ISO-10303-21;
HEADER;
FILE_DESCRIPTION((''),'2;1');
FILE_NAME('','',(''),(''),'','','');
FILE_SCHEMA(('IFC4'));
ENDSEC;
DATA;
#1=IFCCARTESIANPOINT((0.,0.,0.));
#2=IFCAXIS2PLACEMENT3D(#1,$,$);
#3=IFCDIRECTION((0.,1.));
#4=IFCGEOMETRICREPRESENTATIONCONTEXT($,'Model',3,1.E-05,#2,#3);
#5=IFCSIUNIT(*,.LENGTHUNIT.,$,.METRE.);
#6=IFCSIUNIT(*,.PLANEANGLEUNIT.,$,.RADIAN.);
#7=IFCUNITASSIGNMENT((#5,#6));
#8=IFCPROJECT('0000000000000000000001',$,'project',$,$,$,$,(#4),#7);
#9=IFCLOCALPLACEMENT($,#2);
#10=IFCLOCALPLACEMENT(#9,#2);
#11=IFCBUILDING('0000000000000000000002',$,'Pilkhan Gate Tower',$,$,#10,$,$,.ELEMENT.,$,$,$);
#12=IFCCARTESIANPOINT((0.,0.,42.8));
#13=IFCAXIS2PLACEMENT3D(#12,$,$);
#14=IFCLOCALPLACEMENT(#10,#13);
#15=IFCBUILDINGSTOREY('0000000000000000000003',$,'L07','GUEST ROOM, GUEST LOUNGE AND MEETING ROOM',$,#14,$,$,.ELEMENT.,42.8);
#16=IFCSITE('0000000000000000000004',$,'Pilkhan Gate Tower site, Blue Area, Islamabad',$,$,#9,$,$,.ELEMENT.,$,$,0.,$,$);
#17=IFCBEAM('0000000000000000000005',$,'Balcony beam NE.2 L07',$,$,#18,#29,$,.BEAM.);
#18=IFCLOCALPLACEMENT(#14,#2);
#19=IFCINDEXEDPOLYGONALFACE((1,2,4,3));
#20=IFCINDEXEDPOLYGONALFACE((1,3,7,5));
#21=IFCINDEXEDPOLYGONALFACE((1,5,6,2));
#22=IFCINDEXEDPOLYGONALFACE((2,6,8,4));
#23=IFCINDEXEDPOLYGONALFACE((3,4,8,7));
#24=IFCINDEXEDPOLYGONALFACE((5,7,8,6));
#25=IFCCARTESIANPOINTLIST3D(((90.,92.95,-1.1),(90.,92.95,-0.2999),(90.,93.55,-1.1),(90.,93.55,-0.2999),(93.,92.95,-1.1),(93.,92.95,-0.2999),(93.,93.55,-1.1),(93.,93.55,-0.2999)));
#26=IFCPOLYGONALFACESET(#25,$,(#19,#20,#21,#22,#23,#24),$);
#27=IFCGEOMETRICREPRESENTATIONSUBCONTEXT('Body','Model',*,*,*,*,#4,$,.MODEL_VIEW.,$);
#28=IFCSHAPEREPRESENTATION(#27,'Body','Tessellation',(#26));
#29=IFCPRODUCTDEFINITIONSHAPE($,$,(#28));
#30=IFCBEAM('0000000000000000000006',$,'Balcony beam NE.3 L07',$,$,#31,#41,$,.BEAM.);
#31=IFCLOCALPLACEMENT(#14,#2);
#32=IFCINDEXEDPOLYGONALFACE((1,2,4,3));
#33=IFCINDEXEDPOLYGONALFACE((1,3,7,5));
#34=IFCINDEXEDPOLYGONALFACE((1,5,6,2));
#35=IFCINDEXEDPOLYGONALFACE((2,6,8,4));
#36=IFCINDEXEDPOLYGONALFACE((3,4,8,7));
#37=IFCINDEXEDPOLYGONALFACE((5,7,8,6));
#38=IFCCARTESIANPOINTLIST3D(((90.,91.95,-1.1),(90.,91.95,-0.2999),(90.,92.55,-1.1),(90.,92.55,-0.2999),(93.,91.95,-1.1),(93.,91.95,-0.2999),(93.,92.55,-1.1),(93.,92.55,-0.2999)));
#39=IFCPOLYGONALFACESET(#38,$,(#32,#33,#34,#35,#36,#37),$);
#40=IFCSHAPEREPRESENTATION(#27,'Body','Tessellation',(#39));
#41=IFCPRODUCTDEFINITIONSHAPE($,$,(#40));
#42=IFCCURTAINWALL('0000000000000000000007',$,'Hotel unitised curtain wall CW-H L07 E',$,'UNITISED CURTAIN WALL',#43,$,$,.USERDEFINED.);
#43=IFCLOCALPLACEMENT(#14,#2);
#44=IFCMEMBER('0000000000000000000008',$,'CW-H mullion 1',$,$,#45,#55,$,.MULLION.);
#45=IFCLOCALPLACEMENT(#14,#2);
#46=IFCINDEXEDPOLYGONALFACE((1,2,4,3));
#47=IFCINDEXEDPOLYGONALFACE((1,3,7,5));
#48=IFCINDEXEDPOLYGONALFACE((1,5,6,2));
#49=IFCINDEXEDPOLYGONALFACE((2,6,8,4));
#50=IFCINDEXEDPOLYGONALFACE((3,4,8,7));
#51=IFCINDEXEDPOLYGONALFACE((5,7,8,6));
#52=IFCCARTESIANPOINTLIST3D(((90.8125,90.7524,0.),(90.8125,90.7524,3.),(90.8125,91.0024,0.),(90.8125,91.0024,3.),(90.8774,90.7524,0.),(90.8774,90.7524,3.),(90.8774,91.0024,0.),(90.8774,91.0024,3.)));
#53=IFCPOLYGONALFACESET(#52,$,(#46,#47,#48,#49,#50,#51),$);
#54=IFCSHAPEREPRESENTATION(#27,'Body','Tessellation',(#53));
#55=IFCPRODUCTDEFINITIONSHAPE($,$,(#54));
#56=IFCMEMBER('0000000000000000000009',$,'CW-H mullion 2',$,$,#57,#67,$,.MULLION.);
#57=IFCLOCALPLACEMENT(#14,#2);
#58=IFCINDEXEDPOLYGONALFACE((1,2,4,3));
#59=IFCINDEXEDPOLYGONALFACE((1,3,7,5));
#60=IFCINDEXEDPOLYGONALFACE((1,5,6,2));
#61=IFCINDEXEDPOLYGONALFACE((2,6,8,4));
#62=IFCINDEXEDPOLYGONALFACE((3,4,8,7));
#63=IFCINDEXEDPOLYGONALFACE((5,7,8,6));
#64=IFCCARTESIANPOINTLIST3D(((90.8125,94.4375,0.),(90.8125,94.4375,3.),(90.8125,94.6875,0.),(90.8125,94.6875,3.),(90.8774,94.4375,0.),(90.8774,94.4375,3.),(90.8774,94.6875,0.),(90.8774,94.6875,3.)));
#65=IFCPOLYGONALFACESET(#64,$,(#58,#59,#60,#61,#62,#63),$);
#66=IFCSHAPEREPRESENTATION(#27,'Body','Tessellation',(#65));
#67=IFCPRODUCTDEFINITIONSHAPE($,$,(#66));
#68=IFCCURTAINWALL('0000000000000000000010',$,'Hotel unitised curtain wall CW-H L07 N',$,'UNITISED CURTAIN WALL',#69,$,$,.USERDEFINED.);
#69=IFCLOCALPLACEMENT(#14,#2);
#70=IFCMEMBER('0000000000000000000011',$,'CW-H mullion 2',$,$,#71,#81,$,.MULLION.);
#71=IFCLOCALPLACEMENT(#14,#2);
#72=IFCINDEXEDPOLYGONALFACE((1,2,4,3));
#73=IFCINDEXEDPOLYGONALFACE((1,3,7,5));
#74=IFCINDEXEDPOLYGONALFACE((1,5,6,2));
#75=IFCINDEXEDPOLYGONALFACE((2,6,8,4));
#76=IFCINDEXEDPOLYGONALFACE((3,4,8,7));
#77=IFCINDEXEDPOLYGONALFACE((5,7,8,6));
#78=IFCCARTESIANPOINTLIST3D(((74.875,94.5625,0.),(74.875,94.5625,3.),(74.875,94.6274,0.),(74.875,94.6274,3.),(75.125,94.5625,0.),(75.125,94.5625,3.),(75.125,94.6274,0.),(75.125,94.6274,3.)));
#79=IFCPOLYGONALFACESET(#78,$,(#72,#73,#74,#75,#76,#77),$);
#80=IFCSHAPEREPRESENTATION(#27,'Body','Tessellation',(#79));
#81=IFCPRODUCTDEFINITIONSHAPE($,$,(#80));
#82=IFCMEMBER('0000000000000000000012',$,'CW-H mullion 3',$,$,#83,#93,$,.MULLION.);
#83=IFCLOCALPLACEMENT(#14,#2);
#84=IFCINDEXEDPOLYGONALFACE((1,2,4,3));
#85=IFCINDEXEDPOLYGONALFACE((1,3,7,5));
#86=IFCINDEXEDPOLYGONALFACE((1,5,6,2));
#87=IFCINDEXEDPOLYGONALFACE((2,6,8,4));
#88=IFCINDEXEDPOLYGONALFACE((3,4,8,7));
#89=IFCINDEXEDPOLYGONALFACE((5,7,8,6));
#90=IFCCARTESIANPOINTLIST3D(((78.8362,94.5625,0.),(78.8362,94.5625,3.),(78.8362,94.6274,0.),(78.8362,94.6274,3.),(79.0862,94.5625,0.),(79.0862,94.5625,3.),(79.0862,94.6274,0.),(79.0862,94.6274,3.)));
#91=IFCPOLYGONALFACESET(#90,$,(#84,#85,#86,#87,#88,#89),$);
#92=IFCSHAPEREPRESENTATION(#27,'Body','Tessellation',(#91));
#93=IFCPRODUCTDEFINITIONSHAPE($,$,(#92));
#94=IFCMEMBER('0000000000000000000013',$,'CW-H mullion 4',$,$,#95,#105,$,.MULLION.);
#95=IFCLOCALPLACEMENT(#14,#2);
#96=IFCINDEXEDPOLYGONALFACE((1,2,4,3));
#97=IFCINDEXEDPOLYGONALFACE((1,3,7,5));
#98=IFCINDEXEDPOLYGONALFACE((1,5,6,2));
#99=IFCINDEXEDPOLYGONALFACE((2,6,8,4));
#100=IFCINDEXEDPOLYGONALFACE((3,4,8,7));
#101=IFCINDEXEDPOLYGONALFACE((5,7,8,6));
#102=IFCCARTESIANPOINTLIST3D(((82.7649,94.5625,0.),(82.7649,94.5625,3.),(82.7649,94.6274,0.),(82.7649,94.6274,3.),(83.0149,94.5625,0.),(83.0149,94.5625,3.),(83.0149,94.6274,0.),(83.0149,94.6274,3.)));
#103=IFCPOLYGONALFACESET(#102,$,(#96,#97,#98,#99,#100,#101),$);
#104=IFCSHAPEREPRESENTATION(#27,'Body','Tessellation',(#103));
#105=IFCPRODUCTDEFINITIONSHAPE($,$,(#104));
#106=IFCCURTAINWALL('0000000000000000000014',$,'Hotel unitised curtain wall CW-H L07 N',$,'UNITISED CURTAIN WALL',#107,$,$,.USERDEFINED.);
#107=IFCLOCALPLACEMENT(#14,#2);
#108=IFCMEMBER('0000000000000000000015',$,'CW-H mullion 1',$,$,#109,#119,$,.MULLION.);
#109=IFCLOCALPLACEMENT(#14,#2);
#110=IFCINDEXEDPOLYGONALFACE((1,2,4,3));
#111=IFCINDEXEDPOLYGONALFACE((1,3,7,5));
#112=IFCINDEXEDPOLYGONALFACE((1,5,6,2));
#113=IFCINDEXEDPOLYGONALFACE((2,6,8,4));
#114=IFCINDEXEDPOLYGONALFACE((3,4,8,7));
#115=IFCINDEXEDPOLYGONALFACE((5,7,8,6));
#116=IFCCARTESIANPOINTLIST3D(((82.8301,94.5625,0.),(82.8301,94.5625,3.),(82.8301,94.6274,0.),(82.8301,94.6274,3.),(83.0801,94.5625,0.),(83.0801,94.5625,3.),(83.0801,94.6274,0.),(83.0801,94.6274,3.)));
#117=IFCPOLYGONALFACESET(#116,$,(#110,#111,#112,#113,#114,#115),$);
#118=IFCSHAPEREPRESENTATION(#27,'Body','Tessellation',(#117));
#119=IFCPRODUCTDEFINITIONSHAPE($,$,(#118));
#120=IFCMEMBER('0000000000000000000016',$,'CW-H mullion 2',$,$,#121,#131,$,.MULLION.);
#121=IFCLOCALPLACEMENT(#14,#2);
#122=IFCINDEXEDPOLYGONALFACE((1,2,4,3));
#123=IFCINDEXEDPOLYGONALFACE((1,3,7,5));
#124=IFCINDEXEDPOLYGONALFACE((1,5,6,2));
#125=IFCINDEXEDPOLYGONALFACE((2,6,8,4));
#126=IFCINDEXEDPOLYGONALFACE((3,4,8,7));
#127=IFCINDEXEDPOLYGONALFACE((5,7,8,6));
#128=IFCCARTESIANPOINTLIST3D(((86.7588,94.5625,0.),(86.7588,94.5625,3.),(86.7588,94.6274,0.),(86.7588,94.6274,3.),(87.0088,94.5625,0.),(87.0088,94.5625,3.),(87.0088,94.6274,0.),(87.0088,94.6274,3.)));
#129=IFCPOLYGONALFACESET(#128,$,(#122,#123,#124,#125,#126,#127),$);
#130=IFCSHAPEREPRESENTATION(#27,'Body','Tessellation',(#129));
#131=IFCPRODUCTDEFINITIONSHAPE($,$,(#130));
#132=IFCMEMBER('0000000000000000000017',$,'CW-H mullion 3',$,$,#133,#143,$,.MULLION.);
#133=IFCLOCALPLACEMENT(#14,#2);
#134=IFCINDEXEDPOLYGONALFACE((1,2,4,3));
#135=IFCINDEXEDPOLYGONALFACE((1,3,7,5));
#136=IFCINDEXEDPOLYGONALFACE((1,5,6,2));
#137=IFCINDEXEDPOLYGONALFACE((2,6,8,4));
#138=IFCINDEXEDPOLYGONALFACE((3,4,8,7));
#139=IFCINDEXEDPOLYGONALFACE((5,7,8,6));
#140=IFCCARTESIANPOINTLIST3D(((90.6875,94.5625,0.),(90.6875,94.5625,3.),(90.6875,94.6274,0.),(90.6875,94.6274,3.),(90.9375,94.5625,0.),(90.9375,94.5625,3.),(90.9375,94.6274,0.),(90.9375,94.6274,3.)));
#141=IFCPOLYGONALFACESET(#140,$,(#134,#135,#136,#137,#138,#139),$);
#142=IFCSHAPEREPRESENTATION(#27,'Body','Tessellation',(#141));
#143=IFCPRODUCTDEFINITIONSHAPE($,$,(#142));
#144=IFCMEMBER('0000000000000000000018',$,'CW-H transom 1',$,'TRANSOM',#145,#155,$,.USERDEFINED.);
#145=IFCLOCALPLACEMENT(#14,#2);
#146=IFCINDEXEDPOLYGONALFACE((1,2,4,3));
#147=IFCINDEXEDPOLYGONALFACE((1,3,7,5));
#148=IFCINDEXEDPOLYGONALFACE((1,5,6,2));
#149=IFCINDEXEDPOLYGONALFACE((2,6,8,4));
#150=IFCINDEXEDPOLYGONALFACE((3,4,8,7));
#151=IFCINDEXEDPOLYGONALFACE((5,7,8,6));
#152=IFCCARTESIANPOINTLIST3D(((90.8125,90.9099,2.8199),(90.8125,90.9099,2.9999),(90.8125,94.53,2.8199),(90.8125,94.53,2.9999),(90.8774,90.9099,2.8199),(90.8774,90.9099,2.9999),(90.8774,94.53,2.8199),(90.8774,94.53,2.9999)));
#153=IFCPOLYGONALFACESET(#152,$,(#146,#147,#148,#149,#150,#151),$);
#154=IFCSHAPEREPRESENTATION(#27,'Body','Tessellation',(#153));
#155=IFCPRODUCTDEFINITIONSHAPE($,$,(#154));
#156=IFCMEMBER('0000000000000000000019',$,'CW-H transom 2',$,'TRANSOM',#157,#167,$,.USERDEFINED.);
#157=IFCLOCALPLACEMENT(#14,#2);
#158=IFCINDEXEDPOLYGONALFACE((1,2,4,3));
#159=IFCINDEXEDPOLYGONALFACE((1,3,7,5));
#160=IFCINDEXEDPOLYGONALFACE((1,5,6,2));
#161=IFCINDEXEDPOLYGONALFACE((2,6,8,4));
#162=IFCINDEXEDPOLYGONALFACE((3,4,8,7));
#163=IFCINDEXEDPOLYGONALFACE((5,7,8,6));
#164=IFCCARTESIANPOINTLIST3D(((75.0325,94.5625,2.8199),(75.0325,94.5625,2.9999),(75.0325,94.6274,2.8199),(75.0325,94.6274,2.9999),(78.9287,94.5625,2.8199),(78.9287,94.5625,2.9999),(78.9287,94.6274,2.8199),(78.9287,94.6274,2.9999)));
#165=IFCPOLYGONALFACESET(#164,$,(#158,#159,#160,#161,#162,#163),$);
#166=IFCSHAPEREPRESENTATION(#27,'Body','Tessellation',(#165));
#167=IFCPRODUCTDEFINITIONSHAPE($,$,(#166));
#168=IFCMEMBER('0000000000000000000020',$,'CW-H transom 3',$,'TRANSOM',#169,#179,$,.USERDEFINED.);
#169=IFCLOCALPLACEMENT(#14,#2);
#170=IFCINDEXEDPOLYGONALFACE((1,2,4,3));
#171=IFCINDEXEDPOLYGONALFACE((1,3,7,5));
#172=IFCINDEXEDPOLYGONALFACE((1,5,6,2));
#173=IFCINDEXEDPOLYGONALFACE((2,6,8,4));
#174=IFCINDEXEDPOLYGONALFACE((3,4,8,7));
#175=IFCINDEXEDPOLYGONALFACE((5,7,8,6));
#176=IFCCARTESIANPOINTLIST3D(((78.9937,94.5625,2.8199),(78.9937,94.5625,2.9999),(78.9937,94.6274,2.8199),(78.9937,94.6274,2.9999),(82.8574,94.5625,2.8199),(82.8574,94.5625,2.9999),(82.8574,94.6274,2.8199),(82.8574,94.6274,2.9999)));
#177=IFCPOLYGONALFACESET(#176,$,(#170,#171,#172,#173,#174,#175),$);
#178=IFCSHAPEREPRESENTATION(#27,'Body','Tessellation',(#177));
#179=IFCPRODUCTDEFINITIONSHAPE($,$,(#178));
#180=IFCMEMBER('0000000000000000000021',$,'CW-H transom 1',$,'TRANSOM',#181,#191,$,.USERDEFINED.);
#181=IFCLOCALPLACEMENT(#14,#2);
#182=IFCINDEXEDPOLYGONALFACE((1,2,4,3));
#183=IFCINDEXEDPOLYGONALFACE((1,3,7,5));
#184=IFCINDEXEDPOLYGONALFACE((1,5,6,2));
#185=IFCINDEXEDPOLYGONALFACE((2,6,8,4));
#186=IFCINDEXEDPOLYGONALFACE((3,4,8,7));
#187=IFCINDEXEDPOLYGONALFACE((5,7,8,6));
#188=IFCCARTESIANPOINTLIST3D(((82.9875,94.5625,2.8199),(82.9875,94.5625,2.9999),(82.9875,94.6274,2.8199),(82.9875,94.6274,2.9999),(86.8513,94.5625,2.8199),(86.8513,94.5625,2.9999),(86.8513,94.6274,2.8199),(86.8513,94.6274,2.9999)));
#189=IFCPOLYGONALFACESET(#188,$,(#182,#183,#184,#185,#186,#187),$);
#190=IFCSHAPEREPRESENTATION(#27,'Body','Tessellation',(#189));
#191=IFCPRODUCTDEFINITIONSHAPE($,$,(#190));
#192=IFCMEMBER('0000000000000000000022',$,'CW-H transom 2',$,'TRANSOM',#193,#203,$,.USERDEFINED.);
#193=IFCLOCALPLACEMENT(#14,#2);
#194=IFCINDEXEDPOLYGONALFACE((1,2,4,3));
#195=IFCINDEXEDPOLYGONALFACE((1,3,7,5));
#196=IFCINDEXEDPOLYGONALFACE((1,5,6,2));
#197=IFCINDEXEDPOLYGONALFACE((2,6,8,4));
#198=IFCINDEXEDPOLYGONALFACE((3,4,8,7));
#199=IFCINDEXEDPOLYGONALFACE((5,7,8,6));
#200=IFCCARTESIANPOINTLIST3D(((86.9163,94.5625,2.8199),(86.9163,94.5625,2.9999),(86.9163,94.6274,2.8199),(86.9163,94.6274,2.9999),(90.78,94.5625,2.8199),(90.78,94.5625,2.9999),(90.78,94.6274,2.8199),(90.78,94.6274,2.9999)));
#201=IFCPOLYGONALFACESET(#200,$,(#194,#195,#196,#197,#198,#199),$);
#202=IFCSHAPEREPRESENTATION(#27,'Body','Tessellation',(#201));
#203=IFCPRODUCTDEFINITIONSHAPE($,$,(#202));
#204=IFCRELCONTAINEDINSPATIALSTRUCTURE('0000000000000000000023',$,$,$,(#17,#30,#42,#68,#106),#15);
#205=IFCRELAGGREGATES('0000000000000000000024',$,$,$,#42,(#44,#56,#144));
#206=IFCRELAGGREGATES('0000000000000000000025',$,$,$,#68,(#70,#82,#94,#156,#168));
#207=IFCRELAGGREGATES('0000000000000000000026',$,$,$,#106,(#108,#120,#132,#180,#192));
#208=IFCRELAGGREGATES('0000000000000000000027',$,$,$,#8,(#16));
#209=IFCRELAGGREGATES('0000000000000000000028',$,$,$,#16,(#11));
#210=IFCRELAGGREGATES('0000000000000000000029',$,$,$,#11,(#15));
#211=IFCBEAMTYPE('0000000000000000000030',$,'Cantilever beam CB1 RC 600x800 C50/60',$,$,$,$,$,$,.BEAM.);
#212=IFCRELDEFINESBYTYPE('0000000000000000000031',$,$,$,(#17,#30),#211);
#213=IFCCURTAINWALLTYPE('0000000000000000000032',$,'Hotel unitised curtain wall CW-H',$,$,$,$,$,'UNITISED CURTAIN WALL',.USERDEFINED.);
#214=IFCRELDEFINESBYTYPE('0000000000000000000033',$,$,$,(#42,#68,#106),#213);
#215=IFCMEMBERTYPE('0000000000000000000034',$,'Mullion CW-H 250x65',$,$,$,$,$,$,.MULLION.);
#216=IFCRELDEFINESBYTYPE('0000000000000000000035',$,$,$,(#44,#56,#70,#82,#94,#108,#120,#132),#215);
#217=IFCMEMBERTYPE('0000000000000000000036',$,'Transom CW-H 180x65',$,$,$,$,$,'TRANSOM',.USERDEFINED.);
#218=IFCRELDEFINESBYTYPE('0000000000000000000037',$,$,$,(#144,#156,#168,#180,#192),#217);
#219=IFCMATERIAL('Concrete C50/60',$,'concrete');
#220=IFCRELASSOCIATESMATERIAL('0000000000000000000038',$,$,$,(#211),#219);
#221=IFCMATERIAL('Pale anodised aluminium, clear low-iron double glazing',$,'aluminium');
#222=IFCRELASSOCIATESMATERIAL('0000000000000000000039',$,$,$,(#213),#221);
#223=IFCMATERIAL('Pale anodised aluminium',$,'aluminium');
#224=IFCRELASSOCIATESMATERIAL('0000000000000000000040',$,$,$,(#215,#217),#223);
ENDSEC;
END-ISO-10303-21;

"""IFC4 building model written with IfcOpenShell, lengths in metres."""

from ifc_helpers import new_model, si_unit, direction, frame, origin, origin_2d, place, context, subcontext, project, spatial, rectangle, extrude, material, material_profile, profile_set, type_object, element, aggregate, save


model = new_model("IFC4")

# Units and contexts
model_context = context("Model", 3, precision=1e-05, world=origin(), true_north=direction((0.0, 1.0)))
body_context = subcontext(model_context, "Body", "Model", "MODEL_VIEW")
ifc_project = project(units=[si_unit("LENGTHUNIT", "METRE"), si_unit("PLANEANGLEUNIT", "RADIAN")], contexts=[model_context])

# Site, building, storey
site_placement = place(None, origin())
site = spatial("IfcSite", under=ifc_project, at=site_placement, Name="Pilkhan Gate Tower site, Blue Area, Islamabad", CompositionType="ELEMENT", RefElevation=0.0)
building_placement = place(site_placement, origin())
building = spatial("IfcBuilding", under=site, at=building_placement, Name="Pilkhan Gate Tower", CompositionType="ELEMENT")
storey_placement = place(building_placement, frame((0.0, 0.0, 42.8)))
storey = spatial("IfcBuildingStorey", under=building, at=storey_placement, Name="L07", Description="GUEST ROOM, GUEST LOUNGE AND MEETING ROOM", CompositionType="ELEMENT", Elevation=42.8)

# Beams
ifc_material_1 = material(Name="Concrete C50/60", Category="concrete")
ifc_material_profile_1 = material_profile(ifc_material_1, rectangle(XDim=0.6001, YDim=0.8, at=origin_2d()), Name="RC 600x800")
ifc_profile_set_1 = profile_set([ifc_material_profile_1], Name="Concrete C50/60")
beam_type = type_object("IfcBeamType", Name="Cantilever beam CB1 RC 600x800 C50/60", PredefinedType="BEAM", material=ifc_profile_set_1)
for number, where, z_axis, x_axis, name in (
    (1, (90.0, 93.25, -0.7), (1.0, 0.0, 0.0), (0.0, 1.0, 0.0), "Balcony beam NE.2 L07"),
    (2, (90.0, 92.25, -0.7), (1.0, 0.0, 0.0), (0.0, 1.0, 0.0), "Balcony beam NE.3 L07"),
):
    element("IfcBeam", number, at=place(storey_placement, frame(where, z_axis=z_axis, x_axis=x_axis)), inside=storey, type_object=beam_type, Name=name, PredefinedType="BEAM", context=body_context, shape_type="SweptSolid", body=[
        extrude(rectangle(XDim=0.6001, YDim=0.8, at=origin_2d()), origin(), (0.0, 0.0, 1.0), 3.0),
    ])

# Curtain walls, members
ifc_material_2 = material(Name="Pale anodised aluminium, clear low-iron double glazing", Category="aluminium")
curtain_wall_type = type_object("IfcCurtainWallType", Name="Hotel unitised curtain wall CW-H", ElementType="UNITISED CURTAIN WALL", PredefinedType="USERDEFINED", material=ifc_material_2)
curtain_wall_1_placement = place(storey_placement, origin())
curtain_wall_1 = element("IfcCurtainWall", 3, at=curtain_wall_1_placement, inside=storey, type_object=curtain_wall_type, Name="Hotel unitised curtain wall CW-H L07 E", ObjectType="UNITISED CURTAIN WALL", PredefinedType="USERDEFINED")
ifc_material_3 = material(Name="Pale anodised aluminium", Category="aluminium")
ifc_material_profile_2 = material_profile(ifc_material_3, rectangle(XDim=0.0649, YDim=0.25, at=origin_2d()), Name="Mullion 250x65")
ifc_profile_set_2 = profile_set([ifc_material_profile_2], Name="Pale anodised aluminium")
member_type_1 = type_object("IfcMemberType", Name="Mullion CW-H 250x65", PredefinedType="MULLION", material=ifc_profile_set_2)
member_1_placement = place(storey_placement, frame((90.845, 90.8774, 0.0), z_axis=(0.0, 0.0, 1.0), x_axis=(-1.0, 0.0, 0.0)))
member_1 = element("IfcMember", 4, at=member_1_placement, type_object=member_type_1, Name="CW-H mullion 1", PredefinedType="MULLION", context=body_context, shape_type="SweptSolid", body=[
    extrude(rectangle(XDim=0.0649, YDim=0.25, at=origin_2d()), origin(), (0.0, 0.0, 1.0), 3.0),
])
member_2_placement = place(storey_placement, frame((90.845, 94.5625, 0.0), z_axis=(0.0, 0.0, 1.0), x_axis=(-1.0, 0.0, 0.0)))
member_2 = element("IfcMember", 5, at=member_2_placement, type_object=member_type_1, Name="CW-H mullion 2", PredefinedType="MULLION", context=body_context, shape_type="SweptSolid", body=[
    extrude(rectangle(XDim=0.0649, YDim=0.25, at=origin_2d()), origin(), (0.0, 0.0, 1.0), 3.0),
])
curtain_wall_2_placement = place(storey_placement, origin())
curtain_wall_2 = element("IfcCurtainWall", 6, at=curtain_wall_2_placement, inside=storey, type_object=curtain_wall_type, Name="Hotel unitised curtain wall CW-H L07 N", ObjectType="UNITISED CURTAIN WALL", PredefinedType="USERDEFINED")
member_3_placement = place(storey_placement, frame((75.0, 94.595, 0.0), z_axis=(0.0, 0.0, 1.0), x_axis=(0.0, 1.0, 0.0)))
member_3 = element("IfcMember", 7, at=member_3_placement, type_object=member_type_1, Name="CW-H mullion 2", PredefinedType="MULLION", context=body_context, shape_type="SweptSolid", body=[
    extrude(rectangle(XDim=0.0649, YDim=0.25, at=origin_2d()), origin(), (0.0, 0.0, 1.0), 3.0),
])
member_4_placement = place(storey_placement, frame((78.9612, 94.595, 0.0), z_axis=(0.0, 0.0, 1.0), x_axis=(0.0, 1.0, 0.0)))
member_4 = element("IfcMember", 8, at=member_4_placement, type_object=member_type_1, Name="CW-H mullion 3", PredefinedType="MULLION", context=body_context, shape_type="SweptSolid", body=[
    extrude(rectangle(XDim=0.0649, YDim=0.25, at=origin_2d()), origin(), (0.0, 0.0, 1.0), 3.0),
])
member_5_placement = place(storey_placement, frame((82.8899, 94.595, 0.0), z_axis=(0.0, 0.0, 1.0), x_axis=(0.0, 1.0, 0.0)))
member_5 = element("IfcMember", 9, at=member_5_placement, type_object=member_type_1, Name="CW-H mullion 4", PredefinedType="MULLION", context=body_context, shape_type="SweptSolid", body=[
    extrude(rectangle(XDim=0.0649, YDim=0.25, at=origin_2d()), origin(), (0.0, 0.0, 1.0), 3.0),
])
curtain_wall_3_placement = place(storey_placement, origin())
curtain_wall_3 = element("IfcCurtainWall", 10, at=curtain_wall_3_placement, inside=storey, type_object=curtain_wall_type, Name="Hotel unitised curtain wall CW-H L07 N", ObjectType="UNITISED CURTAIN WALL", PredefinedType="USERDEFINED")
member_6_placement = place(storey_placement, frame((82.9551, 94.595, 0.0), z_axis=(0.0, 0.0, 1.0), x_axis=(0.0, 1.0, 0.0)))
member_6 = element("IfcMember", 11, at=member_6_placement, type_object=member_type_1, Name="CW-H mullion 1", PredefinedType="MULLION", context=body_context, shape_type="SweptSolid", body=[
    extrude(rectangle(XDim=0.0649, YDim=0.25, at=origin_2d()), origin(), (0.0, 0.0, 1.0), 3.0),
])
member_7_placement = place(storey_placement, frame((86.8838, 94.595, 0.0), z_axis=(0.0, 0.0, 1.0), x_axis=(0.0, 1.0, 0.0)))
member_7 = element("IfcMember", 12, at=member_7_placement, type_object=member_type_1, Name="CW-H mullion 2", PredefinedType="MULLION", context=body_context, shape_type="SweptSolid", body=[
    extrude(rectangle(XDim=0.0649, YDim=0.25, at=origin_2d()), origin(), (0.0, 0.0, 1.0), 3.0),
])
member_8_placement = place(storey_placement, frame((90.8125, 94.595, 0.0), z_axis=(0.0, 0.0, 1.0), x_axis=(0.0, 1.0, 0.0)))
member_8 = element("IfcMember", 13, at=member_8_placement, type_object=member_type_1, Name="CW-H mullion 3", PredefinedType="MULLION", context=body_context, shape_type="SweptSolid", body=[
    extrude(rectangle(XDim=0.0649, YDim=0.25, at=origin_2d()), origin(), (0.0, 0.0, 1.0), 3.0),
])

# Members
ifc_material_profile_3 = material_profile(ifc_material_3, rectangle(XDim=0.0649, YDim=0.1799, at=origin_2d()), Name="Transom 180x65")
ifc_profile_set_3 = profile_set([ifc_material_profile_3], Name="Pale anodised aluminium")
member_type_2 = type_object("IfcMemberType", Name="Transom CW-H 180x65", ElementType="TRANSOM", PredefinedType="USERDEFINED", material=ifc_profile_set_3)
member_9_placement = place(storey_placement, frame((90.845, 90.9099, 2.9099), z_axis=(0.0, 1.0, 0.0), x_axis=(-1.0, 0.0, 0.0)))
member_9 = element("IfcMember", 14, at=member_9_placement, type_object=member_type_2, Name="CW-H transom 1", ObjectType="TRANSOM", PredefinedType="USERDEFINED", context=body_context, shape_type="SweptSolid", body=[
    extrude(rectangle(XDim=0.0649, YDim=0.1799, at=origin_2d()), origin(), (0.0, 0.0, 1.0), 3.6201),
])
member_10_placement = place(storey_placement, frame((75.0325, 94.595, 2.9099), z_axis=(1.0, 0.0, 0.0), x_axis=(0.0, 1.0, 0.0)))
member_10 = element("IfcMember", 15, at=member_10_placement, type_object=member_type_2, Name="CW-H transom 2", ObjectType="TRANSOM", PredefinedType="USERDEFINED", context=body_context, shape_type="SweptSolid", body=[
    extrude(rectangle(XDim=0.0649, YDim=0.1799, at=origin_2d()), origin(), (0.0, 0.0, 1.0), 3.8962),
])
member_11_placement = place(storey_placement, frame((78.9937, 94.595, 2.9099), z_axis=(1.0, 0.0, 0.0), x_axis=(0.0, 1.0, 0.0)))
member_11 = element("IfcMember", 16, at=member_11_placement, type_object=member_type_2, Name="CW-H transom 3", ObjectType="TRANSOM", PredefinedType="USERDEFINED", context=body_context, shape_type="SweptSolid", body=[
    extrude(rectangle(XDim=0.0649, YDim=0.1799, at=origin_2d()), origin(), (0.0, 0.0, 1.0), 3.8638),
])
member_12_placement = place(storey_placement, frame((82.9875, 94.595, 2.9099), z_axis=(1.0, 0.0, 0.0), x_axis=(0.0, 1.0, 0.0)))
member_12 = element("IfcMember", 17, at=member_12_placement, type_object=member_type_2, Name="CW-H transom 1", ObjectType="TRANSOM", PredefinedType="USERDEFINED", context=body_context, shape_type="SweptSolid", body=[
    extrude(rectangle(XDim=0.0649, YDim=0.1799, at=origin_2d()), origin(), (0.0, 0.0, 1.0), 3.8638),
])
member_13_placement = place(storey_placement, frame((86.9163, 94.595, 2.9099), z_axis=(1.0, 0.0, 0.0), x_axis=(0.0, 1.0, 0.0)))
member_13 = element("IfcMember", 18, at=member_13_placement, type_object=member_type_2, Name="CW-H transom 2", ObjectType="TRANSOM", PredefinedType="USERDEFINED", context=body_context, shape_type="SweptSolid", body=[
    extrude(rectangle(XDim=0.0649, YDim=0.1799, at=origin_2d()), origin(), (0.0, 0.0, 1.0), 3.8638),
])

aggregate(curtain_wall_1, [member_1, member_2, member_9])
aggregate(curtain_wall_2, [member_3, member_4, member_5, member_10, member_11])
aggregate(curtain_wall_3, [member_6, member_7, member_8, member_12, member_13])

save(model, "model.ifc")
